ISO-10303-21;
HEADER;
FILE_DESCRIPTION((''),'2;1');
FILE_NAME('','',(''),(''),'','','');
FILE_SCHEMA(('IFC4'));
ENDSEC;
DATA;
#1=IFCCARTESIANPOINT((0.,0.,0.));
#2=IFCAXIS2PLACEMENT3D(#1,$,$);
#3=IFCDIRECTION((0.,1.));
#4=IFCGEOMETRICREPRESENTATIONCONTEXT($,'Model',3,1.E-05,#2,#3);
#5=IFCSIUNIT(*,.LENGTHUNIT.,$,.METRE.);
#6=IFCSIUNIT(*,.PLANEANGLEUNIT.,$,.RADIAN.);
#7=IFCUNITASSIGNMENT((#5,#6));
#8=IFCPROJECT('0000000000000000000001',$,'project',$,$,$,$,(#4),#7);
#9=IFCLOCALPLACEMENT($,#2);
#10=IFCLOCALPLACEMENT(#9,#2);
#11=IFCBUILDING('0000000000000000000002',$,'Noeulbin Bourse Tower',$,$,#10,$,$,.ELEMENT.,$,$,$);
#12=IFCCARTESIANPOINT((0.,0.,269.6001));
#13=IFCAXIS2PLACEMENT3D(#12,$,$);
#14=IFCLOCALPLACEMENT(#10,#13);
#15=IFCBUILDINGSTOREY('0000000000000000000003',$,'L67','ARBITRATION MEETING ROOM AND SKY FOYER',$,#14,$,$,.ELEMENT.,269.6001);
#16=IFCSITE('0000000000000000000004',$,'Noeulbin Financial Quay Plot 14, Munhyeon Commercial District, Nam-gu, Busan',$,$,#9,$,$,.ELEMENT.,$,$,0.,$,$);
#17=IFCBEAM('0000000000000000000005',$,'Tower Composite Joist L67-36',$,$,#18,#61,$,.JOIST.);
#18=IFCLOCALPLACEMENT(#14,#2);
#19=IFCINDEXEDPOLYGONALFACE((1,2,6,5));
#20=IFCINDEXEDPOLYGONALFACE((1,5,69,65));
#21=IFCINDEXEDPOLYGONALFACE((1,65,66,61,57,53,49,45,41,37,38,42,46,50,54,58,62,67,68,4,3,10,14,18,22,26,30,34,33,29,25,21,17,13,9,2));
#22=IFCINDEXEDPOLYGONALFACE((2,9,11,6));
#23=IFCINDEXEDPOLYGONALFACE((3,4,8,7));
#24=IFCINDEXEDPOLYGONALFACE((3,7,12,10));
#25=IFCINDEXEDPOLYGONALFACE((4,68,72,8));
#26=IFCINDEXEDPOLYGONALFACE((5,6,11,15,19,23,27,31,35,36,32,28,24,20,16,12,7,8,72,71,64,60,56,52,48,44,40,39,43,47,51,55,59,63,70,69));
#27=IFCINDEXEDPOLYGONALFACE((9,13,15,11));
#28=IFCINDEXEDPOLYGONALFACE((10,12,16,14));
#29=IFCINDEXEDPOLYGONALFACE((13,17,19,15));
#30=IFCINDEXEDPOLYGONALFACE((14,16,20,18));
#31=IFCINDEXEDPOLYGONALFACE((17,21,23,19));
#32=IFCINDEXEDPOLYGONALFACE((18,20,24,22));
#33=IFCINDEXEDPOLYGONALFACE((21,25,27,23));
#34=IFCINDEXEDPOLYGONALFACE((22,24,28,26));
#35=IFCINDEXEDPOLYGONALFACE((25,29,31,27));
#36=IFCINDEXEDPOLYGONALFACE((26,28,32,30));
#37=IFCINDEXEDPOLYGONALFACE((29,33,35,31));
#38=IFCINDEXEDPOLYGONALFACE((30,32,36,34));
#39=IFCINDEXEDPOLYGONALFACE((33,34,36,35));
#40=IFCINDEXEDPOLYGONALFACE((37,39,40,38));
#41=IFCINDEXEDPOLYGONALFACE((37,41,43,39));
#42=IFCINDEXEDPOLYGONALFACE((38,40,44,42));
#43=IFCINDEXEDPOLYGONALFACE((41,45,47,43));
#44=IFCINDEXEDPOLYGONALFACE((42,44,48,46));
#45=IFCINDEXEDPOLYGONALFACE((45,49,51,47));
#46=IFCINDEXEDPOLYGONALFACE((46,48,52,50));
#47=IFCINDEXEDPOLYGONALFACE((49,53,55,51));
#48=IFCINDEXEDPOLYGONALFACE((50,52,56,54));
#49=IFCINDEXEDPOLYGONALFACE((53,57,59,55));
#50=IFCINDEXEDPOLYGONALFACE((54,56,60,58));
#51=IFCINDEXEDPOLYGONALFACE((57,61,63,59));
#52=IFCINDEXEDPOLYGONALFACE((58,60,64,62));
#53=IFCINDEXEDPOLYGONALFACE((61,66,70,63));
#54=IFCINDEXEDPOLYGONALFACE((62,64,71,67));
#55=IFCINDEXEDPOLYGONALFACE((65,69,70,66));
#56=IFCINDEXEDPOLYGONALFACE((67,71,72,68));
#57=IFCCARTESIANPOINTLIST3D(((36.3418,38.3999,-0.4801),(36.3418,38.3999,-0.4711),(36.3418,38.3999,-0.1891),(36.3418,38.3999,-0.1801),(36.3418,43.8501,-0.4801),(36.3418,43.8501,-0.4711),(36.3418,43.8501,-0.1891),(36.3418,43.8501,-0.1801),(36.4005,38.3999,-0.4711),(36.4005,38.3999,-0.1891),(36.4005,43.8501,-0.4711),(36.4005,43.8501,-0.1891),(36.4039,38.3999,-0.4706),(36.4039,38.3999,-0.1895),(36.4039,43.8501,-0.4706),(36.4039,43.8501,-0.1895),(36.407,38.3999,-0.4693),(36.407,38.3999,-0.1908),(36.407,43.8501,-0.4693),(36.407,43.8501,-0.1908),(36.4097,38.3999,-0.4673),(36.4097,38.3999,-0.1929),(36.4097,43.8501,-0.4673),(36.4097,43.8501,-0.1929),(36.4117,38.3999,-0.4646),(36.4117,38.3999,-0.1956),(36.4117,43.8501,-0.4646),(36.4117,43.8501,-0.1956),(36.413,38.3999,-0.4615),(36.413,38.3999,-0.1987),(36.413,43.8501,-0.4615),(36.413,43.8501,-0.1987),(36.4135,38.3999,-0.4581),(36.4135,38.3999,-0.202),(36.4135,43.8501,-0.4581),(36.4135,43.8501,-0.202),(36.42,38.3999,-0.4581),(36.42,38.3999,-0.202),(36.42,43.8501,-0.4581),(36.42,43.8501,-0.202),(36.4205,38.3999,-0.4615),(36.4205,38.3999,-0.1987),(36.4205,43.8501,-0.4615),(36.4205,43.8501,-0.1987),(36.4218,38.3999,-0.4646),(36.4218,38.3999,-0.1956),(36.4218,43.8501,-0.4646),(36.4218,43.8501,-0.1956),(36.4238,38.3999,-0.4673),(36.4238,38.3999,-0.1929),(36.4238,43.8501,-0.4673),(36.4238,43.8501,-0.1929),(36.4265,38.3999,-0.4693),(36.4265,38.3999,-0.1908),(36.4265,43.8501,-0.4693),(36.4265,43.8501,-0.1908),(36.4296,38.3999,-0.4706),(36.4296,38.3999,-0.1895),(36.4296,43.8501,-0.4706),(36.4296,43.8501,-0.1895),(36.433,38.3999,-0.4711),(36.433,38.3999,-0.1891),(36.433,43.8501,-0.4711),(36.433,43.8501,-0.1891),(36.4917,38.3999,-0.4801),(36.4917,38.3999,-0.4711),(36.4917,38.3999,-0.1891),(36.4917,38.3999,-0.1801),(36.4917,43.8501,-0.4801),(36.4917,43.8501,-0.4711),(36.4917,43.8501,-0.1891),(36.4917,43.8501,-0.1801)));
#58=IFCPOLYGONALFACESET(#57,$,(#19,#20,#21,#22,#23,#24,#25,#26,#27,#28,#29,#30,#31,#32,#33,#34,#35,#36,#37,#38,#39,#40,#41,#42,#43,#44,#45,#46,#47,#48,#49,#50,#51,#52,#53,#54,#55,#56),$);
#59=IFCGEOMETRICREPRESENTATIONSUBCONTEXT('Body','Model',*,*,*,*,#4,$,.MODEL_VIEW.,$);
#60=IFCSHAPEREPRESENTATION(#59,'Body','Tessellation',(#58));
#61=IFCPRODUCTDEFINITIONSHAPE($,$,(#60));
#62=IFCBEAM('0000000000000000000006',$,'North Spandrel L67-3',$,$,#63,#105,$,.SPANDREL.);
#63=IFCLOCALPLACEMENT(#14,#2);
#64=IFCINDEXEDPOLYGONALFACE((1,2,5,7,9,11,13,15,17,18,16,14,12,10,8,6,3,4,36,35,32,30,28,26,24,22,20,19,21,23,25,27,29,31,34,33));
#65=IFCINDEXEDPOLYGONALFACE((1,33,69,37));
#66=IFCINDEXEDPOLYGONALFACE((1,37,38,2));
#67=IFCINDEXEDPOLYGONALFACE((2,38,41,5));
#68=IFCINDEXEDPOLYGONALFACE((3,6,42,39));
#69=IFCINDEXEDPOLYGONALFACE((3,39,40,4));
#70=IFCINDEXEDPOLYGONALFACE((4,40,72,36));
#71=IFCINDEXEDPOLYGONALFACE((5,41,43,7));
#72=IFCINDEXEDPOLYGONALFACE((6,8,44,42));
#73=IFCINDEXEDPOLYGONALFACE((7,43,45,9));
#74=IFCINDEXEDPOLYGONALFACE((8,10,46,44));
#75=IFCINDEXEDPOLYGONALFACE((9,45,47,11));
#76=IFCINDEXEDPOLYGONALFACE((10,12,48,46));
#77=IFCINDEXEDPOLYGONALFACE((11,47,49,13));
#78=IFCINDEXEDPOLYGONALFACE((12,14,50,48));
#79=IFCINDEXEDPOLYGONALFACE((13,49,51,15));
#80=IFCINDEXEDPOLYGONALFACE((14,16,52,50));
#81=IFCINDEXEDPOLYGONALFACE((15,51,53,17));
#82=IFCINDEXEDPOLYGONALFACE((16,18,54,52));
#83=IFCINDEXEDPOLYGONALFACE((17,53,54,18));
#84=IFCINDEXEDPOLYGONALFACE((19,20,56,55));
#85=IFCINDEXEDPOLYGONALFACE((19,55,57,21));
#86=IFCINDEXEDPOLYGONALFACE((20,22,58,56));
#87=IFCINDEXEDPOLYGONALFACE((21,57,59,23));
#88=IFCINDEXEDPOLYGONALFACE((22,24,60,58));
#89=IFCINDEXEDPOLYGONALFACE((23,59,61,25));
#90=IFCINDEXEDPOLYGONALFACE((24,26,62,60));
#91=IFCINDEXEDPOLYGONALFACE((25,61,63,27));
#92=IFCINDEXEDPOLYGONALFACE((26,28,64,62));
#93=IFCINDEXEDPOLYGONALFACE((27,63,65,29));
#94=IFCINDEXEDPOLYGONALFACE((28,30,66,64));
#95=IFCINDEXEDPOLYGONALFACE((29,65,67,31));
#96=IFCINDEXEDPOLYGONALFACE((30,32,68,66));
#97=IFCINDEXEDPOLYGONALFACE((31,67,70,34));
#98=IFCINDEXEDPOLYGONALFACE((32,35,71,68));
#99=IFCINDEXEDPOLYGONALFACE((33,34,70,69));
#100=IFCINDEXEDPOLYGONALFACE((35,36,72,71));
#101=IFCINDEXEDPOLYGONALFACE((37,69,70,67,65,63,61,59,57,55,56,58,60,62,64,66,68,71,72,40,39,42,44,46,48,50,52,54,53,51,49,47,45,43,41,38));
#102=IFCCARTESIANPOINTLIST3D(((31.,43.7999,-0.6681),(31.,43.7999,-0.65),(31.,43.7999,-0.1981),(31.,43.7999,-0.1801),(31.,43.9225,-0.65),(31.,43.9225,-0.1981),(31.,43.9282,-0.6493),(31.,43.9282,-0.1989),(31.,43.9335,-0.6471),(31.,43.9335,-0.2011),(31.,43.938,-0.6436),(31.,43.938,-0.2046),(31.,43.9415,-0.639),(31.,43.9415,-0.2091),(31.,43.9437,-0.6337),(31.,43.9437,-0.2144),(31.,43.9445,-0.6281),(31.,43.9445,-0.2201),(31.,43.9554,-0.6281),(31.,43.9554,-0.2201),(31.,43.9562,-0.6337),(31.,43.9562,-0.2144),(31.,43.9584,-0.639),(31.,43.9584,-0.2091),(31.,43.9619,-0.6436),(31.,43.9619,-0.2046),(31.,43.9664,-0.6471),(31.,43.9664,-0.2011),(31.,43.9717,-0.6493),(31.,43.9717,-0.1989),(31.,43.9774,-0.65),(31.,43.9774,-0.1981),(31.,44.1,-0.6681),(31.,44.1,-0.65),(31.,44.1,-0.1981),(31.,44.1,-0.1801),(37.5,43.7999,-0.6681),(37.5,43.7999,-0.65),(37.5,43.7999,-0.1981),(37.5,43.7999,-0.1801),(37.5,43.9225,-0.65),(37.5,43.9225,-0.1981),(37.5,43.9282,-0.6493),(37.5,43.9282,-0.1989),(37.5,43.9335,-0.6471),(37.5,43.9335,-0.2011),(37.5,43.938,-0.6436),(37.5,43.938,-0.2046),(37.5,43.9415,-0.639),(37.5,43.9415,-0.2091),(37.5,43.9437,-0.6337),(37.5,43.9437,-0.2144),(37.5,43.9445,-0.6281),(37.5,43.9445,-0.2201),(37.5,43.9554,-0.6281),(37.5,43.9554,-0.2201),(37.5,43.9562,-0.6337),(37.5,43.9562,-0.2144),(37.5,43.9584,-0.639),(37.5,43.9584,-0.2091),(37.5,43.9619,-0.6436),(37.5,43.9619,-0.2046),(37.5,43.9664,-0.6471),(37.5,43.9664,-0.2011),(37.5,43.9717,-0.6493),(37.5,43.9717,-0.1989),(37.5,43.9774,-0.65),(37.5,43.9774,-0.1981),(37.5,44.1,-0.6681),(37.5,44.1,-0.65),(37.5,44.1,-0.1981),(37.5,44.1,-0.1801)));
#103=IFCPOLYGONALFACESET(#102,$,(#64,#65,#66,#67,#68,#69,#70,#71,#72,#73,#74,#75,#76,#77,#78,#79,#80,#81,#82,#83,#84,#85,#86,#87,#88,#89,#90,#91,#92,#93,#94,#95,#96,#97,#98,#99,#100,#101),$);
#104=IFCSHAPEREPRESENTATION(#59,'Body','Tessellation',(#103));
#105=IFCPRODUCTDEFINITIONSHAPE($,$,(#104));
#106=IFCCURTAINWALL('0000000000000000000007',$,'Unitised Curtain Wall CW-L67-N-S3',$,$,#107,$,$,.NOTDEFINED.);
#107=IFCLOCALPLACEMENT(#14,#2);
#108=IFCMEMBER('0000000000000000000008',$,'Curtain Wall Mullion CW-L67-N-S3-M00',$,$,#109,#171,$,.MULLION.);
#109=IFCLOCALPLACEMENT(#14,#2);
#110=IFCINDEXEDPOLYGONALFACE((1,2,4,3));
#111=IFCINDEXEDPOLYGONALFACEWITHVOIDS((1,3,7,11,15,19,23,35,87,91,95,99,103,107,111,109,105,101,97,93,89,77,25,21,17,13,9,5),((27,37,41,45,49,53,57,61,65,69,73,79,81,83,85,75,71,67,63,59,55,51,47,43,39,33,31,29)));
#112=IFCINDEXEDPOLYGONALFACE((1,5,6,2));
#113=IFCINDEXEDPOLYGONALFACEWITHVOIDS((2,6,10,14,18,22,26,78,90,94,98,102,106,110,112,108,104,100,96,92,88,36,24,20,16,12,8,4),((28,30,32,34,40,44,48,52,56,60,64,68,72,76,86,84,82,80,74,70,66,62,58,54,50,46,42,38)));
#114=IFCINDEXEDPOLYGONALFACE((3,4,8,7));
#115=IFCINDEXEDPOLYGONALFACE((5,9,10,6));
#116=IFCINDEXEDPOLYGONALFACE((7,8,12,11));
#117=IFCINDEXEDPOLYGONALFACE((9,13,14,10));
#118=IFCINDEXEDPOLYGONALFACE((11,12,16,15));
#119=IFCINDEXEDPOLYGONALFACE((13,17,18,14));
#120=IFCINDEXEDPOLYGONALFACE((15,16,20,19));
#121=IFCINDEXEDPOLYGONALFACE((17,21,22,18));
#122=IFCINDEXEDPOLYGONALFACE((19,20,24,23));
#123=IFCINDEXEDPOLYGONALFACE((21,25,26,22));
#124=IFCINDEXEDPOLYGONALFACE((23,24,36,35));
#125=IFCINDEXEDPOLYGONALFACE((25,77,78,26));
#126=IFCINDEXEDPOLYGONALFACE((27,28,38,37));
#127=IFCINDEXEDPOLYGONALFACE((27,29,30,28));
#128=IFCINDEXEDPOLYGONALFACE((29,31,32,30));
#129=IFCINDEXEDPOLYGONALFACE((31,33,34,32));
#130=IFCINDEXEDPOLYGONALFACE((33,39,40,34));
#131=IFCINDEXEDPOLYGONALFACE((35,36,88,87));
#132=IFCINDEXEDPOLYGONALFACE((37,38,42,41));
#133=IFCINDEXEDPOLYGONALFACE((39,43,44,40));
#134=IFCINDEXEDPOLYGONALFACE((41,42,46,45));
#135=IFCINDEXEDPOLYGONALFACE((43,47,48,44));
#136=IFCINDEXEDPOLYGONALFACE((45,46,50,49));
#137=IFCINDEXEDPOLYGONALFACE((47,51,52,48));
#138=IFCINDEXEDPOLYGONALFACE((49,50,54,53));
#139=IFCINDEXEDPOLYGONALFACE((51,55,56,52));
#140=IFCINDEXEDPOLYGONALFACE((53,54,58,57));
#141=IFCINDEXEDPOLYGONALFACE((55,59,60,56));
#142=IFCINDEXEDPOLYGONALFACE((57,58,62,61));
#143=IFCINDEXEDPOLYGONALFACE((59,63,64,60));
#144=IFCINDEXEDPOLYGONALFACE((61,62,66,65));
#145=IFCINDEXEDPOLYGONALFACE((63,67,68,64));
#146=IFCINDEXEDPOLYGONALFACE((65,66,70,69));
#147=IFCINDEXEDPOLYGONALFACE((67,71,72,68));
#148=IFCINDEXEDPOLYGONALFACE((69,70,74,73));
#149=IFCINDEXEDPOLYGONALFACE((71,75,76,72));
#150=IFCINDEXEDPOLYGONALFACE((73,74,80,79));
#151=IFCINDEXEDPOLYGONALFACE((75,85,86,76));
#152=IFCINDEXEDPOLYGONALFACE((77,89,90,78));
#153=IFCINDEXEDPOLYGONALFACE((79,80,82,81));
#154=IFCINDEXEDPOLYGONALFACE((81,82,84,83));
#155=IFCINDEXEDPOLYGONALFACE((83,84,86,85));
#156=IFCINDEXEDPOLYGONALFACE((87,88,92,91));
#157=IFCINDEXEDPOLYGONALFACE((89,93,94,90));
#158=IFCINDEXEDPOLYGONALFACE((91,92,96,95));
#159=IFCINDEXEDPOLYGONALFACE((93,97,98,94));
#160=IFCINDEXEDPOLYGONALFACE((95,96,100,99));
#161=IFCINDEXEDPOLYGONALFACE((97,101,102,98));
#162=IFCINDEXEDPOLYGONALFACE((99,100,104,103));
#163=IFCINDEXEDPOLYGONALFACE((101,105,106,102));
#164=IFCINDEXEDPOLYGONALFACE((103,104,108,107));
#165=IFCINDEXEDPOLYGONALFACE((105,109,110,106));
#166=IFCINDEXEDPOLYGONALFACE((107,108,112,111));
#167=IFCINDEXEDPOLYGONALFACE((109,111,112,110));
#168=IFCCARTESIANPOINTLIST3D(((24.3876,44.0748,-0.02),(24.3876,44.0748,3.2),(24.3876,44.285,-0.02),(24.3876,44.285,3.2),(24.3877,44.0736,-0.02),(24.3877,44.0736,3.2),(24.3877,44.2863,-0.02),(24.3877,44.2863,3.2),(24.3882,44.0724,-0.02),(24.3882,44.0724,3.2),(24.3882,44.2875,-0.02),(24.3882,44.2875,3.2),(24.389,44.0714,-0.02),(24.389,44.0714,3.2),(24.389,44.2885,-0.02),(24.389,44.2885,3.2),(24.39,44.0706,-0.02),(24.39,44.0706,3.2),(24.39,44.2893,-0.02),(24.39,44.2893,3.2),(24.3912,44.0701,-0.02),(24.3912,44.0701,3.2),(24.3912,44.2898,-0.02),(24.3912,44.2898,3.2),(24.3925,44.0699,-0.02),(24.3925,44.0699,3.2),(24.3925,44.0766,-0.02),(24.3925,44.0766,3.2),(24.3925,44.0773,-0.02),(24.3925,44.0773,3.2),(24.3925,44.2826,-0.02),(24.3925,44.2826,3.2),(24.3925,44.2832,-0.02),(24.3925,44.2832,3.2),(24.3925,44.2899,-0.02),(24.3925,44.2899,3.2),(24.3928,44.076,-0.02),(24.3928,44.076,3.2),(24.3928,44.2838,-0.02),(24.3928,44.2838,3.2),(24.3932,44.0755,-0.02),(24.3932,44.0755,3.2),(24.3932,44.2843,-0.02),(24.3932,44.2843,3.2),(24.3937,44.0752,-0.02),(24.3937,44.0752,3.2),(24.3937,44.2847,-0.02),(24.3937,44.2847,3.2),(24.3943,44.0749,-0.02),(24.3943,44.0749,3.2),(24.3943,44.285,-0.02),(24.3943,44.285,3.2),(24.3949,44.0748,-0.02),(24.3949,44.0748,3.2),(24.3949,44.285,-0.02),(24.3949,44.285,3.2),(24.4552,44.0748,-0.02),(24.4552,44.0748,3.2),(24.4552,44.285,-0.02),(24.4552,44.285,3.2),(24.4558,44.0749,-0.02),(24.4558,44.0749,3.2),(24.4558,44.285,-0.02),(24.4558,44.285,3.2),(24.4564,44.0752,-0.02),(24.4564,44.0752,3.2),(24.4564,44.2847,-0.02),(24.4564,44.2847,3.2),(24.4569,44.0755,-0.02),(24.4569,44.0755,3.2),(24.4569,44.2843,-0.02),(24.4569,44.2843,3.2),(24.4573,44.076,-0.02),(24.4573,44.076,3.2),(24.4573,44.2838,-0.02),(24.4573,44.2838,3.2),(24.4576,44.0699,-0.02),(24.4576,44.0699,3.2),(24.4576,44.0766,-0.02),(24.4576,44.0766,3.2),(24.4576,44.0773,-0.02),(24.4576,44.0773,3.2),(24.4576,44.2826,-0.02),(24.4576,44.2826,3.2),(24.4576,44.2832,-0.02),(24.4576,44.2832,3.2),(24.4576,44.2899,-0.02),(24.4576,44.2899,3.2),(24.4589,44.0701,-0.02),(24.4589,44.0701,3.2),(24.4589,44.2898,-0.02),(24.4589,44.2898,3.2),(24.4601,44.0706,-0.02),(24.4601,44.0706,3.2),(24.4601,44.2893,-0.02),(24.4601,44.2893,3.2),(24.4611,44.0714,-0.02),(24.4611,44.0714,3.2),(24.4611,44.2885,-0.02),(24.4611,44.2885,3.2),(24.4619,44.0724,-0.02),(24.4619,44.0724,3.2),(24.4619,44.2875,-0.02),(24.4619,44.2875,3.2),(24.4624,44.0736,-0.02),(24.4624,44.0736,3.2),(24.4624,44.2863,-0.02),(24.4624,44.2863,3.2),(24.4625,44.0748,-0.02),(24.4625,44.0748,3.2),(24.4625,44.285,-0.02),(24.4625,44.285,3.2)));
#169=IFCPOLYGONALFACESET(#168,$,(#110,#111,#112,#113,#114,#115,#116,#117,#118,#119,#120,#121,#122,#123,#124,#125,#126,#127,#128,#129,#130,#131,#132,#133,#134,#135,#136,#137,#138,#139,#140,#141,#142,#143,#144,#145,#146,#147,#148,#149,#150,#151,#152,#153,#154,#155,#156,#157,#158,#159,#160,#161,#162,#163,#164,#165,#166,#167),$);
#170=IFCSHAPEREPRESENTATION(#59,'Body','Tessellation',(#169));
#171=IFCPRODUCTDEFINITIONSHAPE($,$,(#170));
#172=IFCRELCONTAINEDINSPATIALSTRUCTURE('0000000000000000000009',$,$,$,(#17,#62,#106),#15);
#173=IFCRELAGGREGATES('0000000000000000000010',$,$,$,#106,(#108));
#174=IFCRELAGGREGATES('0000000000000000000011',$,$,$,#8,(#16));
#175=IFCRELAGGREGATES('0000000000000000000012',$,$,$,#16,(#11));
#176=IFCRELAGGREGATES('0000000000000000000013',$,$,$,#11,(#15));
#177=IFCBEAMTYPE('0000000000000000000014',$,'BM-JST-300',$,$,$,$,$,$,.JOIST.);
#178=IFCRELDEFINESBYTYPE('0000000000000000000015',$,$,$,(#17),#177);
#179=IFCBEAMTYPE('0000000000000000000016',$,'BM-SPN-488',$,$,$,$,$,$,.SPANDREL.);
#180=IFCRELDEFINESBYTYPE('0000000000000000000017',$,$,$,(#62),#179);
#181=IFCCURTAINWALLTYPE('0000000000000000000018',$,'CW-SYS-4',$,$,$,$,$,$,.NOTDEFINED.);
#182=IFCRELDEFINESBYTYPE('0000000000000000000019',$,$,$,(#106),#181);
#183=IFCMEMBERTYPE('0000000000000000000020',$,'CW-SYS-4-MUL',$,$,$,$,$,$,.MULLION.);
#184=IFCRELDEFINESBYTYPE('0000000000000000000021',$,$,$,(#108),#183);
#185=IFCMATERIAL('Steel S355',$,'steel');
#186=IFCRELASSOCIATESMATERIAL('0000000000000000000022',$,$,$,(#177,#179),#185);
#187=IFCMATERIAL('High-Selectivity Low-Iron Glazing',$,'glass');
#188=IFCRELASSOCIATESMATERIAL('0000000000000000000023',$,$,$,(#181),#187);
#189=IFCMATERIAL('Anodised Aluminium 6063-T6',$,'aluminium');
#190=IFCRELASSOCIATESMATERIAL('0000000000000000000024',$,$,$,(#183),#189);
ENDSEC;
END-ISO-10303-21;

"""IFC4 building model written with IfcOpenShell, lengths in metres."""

from ifc_helpers import new_model, si_unit, direction, frame, origin, origin_2d, place, context, subcontext, project, spatial, hollow_rectangle, i_section, extrude, material, material_profile, profile_set, type_object, element, aggregate, save


model = new_model("IFC4")

# Units and contexts
model_context = context("Model", 3, precision=1e-05, world=origin(), true_north=direction((0.0, 1.0)))
body_context = subcontext(model_context, "Body", "Model", "MODEL_VIEW")
ifc_project = project(units=[si_unit("LENGTHUNIT", "METRE"), si_unit("PLANEANGLEUNIT", "RADIAN")], contexts=[model_context])

# Site, building, storey
site_placement = place(None, origin())
site = spatial("IfcSite", under=ifc_project, at=site_placement, Name="Noeulbin Financial Quay Plot 14, Munhyeon Commercial District, Nam-gu, Busan", CompositionType="ELEMENT", RefElevation=0.0)
building_placement = place(site_placement, origin())
building = spatial("IfcBuilding", under=site, at=building_placement, Name="Noeulbin Bourse Tower", CompositionType="ELEMENT")
storey_placement = place(building_placement, frame((0.0, 0.0, 269.6001)))
storey = spatial("IfcBuildingStorey", under=building, at=storey_placement, Name="L67", Description="ARBITRATION MEETING ROOM AND SKY FOYER", CompositionType="ELEMENT", Elevation=269.6001)

# Shared definitions
ifc_material_1 = material(Name="Steel S355", Category="steel")

# Beams
ifc_material_profile_1 = material_profile(ifc_material_1, i_section(OverallWidth=0.1499, OverallDepth=0.3, WebThickness=0.0066, FlangeThickness=0.009, FilletRadius=0.0129, at=origin_2d()), Name="H-300x150x6.5x9", Category="LoadBearing")
ifc_profile_set_1 = profile_set([ifc_material_profile_1], Name="Steel S355")
beam_type_1 = type_object("IfcBeamType", Name="BM-JST-300", PredefinedType="JOIST", material=ifc_profile_set_1)
for number, where, z_axis, x_axis, name in (
    (1, (36.4167, 38.3999, -0.3301), (0.0, 1.0, 0.0), (-1.0, 0.0, 0.0), "Tower Composite Joist L67-36"),
):
    element("IfcBeam", number, at=place(storey_placement, frame(where, z_axis=z_axis, x_axis=x_axis)), inside=storey, type_object=beam_type_1, Name=name, PredefinedType="JOIST", context=body_context, shape_type="SweptSolid", body=[
        extrude(i_section(OverallWidth=0.1499, OverallDepth=0.3, WebThickness=0.0066, FlangeThickness=0.009, FilletRadius=0.0129, at=origin_2d()), origin(), (0.0, 0.0, 1.0), 5.4502),
    ])
ifc_material_profile_2 = material_profile(ifc_material_1, i_section(OverallWidth=0.3, OverallDepth=0.488, WebThickness=0.011, FlangeThickness=0.0181, FilletRadius=0.022, at=origin_2d()), Name="H-488x300x11x18", Category="LoadBearing")
ifc_profile_set_2 = profile_set([ifc_material_profile_2], Name="Steel S355")
beam_type_2 = type_object("IfcBeamType", Name="BM-SPN-488", PredefinedType="SPANDREL", material=ifc_profile_set_2)
beam_placement = place(storey_placement, frame((31.0, 43.95, -0.4241), z_axis=(1.0, 0.0, 0.0), x_axis=(0.0, 1.0, 0.0)))
element("IfcBeam", 2, at=beam_placement, inside=storey, type_object=beam_type_2, Name="North Spandrel L67-3", PredefinedType="SPANDREL", context=body_context, shape_type="SweptSolid", body=[
    extrude(i_section(OverallWidth=0.3, OverallDepth=0.488, WebThickness=0.011, FlangeThickness=0.0181, FilletRadius=0.022, at=origin_2d()), origin(), (0.0, 0.0, 1.0), 6.5),
])

# Curtain wall, member
ifc_material_2 = material(Name="High-Selectivity Low-Iron Glazing", Category="glass")
curtain_wall_type = type_object("IfcCurtainWallType", Name="CW-SYS-4", PredefinedType="NOTDEFINED", material=ifc_material_2)
curtain_wall_1_placement = place(storey_placement, origin())
curtain_wall_1 = element("IfcCurtainWall", 3, at=curtain_wall_1_placement, inside=storey, type_object=curtain_wall_type, Name="Unitised Curtain Wall CW-L67-N-S3", PredefinedType="NOTDEFINED")
ifc_material_3 = material(Name="Anodised Aluminium 6063-T6", Category="aluminium")
ifc_material_profile_3 = material_profile(ifc_material_3, hollow_rectangle(XDim=0.075, YDim=0.22, WallThickness=0.0049, InnerFilletRadius=0.0024, OuterFilletRadius=0.0049, at=origin_2d()), Name="ALU-MULL-75x220x5", Category="LoadBearing")
ifc_profile_set_3 = profile_set([ifc_material_profile_3], Name="Anodised Aluminium 6063-T6")
member_type_1 = type_object("IfcMemberType", Name="CW-SYS-4-MUL", PredefinedType="MULLION", material=ifc_profile_set_3)
member_1_placement = place(storey_placement, frame((24.425, 44.1799, -0.02), z_axis=(0.0, 0.0, 1.0), x_axis=(1.0, 0.0, 0.0)))
member_1 = element("IfcMember", 4, at=member_1_placement, type_object=member_type_1, Name="Curtain Wall Mullion CW-L67-N-S3-M00", PredefinedType="MULLION", context=body_context, shape_type="SweptSolid", body=[
    extrude(hollow_rectangle(XDim=0.075, YDim=0.22, WallThickness=0.0049, InnerFilletRadius=0.0024, OuterFilletRadius=0.0049, at=origin_2d()), origin(), (0.0, 0.0, 1.0), 3.22),
])

aggregate(curtain_wall_1, [member_1])

save(model, "model.ifc")
